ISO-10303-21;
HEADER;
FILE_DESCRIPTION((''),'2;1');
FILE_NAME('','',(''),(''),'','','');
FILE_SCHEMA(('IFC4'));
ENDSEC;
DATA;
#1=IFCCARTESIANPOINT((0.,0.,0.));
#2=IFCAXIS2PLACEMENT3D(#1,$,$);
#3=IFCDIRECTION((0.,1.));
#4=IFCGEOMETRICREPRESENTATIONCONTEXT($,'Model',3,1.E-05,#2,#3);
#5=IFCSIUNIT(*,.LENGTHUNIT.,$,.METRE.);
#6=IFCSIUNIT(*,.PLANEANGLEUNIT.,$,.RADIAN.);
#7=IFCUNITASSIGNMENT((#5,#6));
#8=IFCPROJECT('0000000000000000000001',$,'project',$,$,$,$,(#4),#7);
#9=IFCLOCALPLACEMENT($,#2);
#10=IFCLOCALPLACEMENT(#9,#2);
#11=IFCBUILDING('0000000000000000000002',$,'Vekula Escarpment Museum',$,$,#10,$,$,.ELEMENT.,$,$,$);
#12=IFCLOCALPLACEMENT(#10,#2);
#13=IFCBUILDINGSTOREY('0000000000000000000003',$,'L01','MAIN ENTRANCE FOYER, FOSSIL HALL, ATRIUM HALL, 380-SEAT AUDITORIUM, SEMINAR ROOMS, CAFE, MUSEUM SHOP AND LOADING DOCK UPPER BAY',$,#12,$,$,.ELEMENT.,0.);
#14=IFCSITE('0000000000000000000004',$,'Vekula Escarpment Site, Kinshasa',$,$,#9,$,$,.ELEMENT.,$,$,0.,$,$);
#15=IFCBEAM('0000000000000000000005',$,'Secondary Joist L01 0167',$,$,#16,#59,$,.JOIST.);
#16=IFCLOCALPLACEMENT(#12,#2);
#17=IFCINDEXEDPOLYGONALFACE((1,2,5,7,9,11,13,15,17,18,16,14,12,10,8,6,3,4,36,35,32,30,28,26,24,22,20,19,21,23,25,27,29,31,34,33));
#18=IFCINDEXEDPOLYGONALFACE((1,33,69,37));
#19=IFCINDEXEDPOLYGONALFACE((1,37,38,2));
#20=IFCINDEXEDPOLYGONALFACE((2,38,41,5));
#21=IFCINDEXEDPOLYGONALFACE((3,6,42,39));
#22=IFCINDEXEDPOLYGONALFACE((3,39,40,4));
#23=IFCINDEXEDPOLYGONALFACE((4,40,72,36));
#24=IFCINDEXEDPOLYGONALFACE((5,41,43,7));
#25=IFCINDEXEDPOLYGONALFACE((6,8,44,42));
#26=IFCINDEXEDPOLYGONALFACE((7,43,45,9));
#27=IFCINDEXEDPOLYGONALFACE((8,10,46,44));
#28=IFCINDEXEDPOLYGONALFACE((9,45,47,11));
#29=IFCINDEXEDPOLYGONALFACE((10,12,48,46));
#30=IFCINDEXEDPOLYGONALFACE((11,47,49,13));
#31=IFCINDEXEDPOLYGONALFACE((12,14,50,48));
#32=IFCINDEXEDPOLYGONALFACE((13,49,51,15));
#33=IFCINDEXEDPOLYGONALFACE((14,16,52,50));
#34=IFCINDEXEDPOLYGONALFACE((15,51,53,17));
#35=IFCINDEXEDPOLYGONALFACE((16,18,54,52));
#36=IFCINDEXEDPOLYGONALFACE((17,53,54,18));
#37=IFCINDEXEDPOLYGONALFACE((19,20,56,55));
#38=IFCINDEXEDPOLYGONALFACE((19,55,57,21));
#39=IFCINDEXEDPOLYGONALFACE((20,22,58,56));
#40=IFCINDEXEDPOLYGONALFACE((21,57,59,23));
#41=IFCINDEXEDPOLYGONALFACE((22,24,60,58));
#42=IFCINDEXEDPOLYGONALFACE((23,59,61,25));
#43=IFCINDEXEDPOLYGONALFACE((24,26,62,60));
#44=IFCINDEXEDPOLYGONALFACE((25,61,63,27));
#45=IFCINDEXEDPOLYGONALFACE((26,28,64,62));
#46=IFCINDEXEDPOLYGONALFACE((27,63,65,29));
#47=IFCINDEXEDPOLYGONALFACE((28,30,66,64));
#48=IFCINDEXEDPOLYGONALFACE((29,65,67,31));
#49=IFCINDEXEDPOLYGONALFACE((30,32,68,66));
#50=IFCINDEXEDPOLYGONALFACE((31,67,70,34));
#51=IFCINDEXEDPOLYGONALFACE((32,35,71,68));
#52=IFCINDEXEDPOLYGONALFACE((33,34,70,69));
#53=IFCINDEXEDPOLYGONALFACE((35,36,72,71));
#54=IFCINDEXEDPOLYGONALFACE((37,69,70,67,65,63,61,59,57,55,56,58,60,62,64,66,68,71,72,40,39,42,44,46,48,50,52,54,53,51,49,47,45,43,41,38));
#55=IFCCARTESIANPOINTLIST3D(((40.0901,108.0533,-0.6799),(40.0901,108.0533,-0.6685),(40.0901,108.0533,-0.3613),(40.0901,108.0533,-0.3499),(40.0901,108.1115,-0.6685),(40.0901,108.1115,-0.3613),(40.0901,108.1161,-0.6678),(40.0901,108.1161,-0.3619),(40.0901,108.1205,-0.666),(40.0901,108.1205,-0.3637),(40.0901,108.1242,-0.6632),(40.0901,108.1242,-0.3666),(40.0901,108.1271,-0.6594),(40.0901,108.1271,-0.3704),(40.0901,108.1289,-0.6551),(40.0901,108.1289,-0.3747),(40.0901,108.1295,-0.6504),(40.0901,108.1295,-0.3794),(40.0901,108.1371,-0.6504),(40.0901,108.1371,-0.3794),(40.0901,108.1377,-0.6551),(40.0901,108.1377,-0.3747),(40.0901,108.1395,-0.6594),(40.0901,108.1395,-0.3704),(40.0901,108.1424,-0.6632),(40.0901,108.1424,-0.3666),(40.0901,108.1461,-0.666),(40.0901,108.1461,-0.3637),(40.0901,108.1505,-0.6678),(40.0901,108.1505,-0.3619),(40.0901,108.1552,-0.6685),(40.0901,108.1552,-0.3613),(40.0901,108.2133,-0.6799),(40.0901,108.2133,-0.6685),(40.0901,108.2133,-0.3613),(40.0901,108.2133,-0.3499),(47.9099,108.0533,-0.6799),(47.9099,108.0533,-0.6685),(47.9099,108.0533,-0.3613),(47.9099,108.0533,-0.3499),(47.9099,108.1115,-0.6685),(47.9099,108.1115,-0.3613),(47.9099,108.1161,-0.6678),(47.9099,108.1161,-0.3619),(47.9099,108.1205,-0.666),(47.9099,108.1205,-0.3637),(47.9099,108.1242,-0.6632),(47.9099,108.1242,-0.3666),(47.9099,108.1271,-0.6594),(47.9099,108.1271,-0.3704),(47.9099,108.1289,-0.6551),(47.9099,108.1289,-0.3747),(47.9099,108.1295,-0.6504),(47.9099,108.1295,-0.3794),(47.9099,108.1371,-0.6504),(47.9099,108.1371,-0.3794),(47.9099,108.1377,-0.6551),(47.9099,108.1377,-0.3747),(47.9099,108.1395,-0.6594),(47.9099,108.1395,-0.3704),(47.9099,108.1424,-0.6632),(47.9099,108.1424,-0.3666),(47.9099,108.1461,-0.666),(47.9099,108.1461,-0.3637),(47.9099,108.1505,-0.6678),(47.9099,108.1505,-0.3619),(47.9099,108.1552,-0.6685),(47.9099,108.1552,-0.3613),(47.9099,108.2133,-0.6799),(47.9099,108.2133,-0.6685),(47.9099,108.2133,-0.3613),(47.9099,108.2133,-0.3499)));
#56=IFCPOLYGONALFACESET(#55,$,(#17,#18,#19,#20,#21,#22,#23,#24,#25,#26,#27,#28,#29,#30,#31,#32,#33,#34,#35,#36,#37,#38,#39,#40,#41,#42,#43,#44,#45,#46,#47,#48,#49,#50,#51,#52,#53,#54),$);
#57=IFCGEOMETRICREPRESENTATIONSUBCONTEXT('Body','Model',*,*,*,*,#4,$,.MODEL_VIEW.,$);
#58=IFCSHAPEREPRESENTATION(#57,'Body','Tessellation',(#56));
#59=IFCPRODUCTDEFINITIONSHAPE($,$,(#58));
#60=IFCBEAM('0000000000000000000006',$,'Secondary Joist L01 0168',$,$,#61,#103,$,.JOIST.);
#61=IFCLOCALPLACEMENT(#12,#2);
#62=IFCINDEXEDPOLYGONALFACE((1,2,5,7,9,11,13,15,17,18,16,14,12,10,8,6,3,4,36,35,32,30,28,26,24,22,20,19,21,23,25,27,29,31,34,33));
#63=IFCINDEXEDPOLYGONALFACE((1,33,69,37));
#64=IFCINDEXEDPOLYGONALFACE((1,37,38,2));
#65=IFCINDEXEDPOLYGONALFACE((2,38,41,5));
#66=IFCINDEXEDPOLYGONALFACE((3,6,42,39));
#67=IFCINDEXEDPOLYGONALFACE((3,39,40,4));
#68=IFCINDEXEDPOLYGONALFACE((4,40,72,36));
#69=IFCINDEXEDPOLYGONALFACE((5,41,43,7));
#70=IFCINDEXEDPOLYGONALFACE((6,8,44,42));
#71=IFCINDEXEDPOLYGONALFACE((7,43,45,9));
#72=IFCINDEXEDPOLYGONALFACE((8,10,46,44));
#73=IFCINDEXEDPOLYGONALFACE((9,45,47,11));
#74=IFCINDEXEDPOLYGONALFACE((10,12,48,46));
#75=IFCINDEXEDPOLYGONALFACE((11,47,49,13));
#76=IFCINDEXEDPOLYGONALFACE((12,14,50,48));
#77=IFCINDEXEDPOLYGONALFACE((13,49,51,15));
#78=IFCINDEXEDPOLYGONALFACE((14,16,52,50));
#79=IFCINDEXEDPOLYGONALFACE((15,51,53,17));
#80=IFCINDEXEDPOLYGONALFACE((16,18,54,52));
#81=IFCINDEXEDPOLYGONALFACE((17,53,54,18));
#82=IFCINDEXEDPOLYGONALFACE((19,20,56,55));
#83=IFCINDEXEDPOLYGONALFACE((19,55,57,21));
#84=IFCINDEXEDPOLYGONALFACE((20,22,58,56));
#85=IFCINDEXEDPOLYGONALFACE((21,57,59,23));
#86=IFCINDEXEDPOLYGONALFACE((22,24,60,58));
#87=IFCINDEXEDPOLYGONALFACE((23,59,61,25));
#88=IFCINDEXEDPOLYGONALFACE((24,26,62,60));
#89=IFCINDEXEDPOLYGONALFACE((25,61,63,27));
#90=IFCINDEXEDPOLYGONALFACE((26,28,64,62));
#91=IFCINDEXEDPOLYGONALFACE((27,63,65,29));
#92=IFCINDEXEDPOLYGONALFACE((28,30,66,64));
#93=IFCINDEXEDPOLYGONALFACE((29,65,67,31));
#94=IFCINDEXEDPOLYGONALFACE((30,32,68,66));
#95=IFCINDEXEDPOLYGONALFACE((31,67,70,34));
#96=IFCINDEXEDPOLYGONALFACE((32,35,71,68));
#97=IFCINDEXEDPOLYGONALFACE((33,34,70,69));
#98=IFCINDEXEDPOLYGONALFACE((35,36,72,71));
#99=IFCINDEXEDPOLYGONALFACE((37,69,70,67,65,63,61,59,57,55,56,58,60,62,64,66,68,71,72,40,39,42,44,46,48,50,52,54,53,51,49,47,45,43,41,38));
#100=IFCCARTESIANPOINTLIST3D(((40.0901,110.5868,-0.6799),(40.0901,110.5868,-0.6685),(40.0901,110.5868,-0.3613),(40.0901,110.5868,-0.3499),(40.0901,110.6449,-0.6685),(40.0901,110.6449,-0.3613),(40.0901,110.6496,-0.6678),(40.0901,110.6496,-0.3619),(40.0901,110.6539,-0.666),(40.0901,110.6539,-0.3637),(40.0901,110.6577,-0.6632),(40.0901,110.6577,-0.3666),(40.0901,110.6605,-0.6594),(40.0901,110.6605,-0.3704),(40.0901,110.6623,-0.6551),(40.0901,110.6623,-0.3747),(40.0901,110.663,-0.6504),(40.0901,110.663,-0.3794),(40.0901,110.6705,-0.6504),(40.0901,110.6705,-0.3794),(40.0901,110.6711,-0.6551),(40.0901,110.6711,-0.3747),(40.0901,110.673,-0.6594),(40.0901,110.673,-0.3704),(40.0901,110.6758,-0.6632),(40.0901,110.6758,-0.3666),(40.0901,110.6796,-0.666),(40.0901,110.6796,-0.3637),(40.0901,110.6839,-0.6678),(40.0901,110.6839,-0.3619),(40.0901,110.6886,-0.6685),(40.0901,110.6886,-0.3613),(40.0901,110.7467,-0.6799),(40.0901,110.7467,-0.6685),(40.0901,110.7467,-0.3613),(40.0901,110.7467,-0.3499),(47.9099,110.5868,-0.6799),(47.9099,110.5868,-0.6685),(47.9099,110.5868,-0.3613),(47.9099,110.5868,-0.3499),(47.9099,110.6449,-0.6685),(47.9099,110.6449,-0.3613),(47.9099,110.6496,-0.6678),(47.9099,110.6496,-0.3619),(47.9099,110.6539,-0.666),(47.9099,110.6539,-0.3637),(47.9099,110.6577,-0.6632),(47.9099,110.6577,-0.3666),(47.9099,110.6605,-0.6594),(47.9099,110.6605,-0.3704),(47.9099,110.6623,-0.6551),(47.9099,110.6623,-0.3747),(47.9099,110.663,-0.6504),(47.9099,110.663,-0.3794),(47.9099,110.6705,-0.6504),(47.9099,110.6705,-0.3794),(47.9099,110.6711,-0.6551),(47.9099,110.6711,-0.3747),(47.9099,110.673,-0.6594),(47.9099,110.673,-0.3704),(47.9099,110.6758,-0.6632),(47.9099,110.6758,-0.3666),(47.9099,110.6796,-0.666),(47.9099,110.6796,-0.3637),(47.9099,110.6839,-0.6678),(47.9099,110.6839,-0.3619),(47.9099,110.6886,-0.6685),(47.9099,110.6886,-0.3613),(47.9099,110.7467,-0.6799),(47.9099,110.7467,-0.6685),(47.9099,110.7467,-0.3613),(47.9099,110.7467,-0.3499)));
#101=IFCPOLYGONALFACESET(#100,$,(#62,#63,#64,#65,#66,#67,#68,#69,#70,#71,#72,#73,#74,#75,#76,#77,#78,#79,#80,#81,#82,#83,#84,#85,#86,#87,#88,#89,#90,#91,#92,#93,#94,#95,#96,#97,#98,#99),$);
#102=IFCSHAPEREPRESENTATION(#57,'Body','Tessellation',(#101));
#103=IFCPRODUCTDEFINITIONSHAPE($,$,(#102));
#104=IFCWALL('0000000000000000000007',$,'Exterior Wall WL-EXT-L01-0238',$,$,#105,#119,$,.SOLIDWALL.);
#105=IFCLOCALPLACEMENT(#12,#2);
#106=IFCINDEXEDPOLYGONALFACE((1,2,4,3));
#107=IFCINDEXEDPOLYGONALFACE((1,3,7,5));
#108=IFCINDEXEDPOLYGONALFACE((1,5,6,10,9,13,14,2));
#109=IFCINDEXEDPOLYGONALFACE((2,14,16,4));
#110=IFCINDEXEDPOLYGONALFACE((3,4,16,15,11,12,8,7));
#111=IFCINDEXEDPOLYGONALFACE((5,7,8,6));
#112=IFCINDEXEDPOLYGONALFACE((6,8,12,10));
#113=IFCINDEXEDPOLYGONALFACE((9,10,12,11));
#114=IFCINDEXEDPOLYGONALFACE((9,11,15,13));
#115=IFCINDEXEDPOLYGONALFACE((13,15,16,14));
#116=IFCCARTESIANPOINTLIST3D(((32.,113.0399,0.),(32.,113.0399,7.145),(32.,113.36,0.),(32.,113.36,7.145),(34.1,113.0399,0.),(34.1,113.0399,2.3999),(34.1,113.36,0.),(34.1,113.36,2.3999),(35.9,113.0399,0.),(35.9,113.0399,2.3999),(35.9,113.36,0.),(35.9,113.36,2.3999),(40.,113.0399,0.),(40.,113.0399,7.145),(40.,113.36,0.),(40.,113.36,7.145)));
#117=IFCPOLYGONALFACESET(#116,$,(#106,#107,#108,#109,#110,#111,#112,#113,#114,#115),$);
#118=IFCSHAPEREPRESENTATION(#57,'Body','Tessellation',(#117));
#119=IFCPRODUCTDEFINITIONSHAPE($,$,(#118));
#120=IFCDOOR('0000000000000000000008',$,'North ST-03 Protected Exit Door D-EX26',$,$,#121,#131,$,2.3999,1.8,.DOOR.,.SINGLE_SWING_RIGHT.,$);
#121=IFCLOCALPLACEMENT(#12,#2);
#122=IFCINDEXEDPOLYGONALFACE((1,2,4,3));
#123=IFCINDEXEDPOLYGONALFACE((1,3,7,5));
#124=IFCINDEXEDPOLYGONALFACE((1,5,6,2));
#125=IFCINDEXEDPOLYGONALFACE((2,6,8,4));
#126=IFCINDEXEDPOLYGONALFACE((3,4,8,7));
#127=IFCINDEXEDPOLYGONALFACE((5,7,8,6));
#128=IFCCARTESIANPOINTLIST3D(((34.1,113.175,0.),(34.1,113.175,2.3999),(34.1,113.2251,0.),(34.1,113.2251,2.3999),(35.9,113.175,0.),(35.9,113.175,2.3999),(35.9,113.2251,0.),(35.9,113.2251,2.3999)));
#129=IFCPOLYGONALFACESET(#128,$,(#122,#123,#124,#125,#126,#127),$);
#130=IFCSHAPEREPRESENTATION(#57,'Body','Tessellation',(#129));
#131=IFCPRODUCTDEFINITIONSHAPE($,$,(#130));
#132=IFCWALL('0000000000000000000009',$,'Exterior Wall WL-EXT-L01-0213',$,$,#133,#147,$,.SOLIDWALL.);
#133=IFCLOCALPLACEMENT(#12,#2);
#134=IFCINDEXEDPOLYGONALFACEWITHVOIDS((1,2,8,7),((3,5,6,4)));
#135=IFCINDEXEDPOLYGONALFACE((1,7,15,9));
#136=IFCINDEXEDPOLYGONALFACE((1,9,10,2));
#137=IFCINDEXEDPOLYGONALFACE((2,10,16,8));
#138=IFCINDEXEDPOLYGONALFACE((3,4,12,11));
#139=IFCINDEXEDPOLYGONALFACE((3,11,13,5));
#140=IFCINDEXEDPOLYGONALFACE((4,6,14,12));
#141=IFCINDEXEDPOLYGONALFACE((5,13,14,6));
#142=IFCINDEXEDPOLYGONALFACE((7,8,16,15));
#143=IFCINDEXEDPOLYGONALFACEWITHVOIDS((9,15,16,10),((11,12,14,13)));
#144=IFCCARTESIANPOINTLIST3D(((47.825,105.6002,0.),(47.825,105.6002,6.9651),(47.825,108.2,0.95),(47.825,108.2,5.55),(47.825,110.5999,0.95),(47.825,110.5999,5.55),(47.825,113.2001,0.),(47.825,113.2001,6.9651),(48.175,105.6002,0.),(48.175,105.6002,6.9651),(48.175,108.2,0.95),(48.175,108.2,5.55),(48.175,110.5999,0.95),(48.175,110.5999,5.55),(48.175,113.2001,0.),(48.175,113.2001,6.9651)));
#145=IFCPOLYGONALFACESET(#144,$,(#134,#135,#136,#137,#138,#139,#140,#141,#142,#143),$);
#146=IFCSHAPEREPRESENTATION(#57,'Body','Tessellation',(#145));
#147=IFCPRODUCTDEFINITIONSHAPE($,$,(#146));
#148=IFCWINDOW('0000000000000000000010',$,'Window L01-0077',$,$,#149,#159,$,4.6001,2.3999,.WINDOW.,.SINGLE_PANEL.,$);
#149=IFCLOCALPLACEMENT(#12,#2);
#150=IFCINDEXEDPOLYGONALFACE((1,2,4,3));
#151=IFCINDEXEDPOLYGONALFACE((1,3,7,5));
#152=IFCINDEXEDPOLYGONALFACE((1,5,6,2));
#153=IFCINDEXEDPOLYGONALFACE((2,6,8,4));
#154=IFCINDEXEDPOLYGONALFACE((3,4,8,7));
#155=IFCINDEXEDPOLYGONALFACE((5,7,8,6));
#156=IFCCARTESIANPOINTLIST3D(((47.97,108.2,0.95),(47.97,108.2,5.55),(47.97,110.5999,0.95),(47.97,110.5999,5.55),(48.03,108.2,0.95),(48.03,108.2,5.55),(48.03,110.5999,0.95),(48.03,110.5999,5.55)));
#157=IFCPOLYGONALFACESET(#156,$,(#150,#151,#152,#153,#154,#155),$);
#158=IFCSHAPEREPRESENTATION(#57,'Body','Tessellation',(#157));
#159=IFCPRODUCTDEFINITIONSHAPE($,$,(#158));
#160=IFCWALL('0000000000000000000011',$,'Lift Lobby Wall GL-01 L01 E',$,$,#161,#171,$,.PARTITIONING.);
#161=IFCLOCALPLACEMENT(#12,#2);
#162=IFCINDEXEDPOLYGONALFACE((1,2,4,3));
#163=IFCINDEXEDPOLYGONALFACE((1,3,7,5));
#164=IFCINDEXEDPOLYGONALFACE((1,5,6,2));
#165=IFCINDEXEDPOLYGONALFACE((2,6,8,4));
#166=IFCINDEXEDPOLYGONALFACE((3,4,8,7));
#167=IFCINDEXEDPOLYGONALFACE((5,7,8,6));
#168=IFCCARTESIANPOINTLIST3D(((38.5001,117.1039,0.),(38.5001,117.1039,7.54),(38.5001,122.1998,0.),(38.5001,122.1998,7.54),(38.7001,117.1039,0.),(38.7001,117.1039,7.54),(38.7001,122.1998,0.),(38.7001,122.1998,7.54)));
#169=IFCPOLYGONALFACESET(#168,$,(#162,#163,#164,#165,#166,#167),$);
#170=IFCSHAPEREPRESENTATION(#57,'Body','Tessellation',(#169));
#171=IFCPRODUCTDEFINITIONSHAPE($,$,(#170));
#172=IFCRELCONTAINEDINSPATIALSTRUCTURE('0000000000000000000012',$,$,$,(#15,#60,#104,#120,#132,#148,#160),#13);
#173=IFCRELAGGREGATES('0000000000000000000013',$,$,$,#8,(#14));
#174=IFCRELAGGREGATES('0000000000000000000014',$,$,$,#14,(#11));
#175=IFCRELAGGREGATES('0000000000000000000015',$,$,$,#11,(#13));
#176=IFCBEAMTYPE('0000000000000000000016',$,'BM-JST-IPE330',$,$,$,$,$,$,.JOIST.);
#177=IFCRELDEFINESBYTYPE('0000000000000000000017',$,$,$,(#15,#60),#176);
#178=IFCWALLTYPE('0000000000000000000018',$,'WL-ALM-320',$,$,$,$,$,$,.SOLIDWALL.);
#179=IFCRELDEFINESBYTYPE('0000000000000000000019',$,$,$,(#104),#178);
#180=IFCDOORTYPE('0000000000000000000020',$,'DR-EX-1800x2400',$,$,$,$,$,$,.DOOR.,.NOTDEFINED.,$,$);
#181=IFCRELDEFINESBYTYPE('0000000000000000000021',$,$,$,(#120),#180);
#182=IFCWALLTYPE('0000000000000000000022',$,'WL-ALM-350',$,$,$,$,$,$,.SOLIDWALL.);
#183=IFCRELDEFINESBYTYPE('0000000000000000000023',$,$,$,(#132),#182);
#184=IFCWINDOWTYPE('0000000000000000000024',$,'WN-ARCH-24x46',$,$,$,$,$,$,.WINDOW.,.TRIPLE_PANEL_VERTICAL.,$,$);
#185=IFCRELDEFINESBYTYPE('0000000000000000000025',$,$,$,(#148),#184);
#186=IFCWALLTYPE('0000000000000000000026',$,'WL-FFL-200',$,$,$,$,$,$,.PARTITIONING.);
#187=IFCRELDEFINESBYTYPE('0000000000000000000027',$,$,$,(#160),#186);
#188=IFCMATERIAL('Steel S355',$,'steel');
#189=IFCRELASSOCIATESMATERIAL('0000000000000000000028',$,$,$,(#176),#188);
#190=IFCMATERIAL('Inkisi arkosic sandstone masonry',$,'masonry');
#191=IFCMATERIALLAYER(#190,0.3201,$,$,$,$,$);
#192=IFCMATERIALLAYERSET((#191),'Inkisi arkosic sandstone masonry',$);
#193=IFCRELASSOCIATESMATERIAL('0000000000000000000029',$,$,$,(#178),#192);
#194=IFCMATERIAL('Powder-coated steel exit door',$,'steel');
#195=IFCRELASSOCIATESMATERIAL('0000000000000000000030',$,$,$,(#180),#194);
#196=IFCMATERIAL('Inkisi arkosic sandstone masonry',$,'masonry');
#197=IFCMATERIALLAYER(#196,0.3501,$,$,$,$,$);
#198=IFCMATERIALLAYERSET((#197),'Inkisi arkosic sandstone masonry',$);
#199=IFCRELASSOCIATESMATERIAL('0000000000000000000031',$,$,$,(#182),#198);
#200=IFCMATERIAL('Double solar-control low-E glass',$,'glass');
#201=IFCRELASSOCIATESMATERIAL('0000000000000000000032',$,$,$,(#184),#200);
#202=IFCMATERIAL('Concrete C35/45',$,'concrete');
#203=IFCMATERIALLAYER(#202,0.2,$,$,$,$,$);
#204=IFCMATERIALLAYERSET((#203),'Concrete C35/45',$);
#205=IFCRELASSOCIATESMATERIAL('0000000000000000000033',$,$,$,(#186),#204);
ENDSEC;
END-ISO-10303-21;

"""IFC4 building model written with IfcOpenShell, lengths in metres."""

from ifc_helpers import new_model, si_unit, direction, frame, frame_2d, origin, origin_2d, place, context, subcontext, project, spatial, rectangle, i_section, extrude, material, layer, layer_set, material_profile, profile_set, type_object, element, fill, save


model = new_model("IFC4")

# Units and contexts
model_context = context("Model", 3, precision=1e-05, world=origin(), true_north=direction((0.0, 1.0)))
body_context = subcontext(model_context, "Body", "Model", "MODEL_VIEW")
ifc_project = project(units=[si_unit("LENGTHUNIT", "METRE"), si_unit("PLANEANGLEUNIT", "RADIAN")], contexts=[model_context])

# Site, building, storey
site_placement = place(None, origin())
site = spatial("IfcSite", under=ifc_project, at=site_placement, Name="Vekula Escarpment Site, Kinshasa", CompositionType="ELEMENT", RefElevation=0.0)
building_placement = place(site_placement, origin())
building = spatial("IfcBuilding", under=site, at=building_placement, Name="Vekula Escarpment Museum", CompositionType="ELEMENT")
storey_placement = place(building_placement, origin())
storey = spatial("IfcBuildingStorey", under=building, at=storey_placement, Name="L01", Description="MAIN ENTRANCE FOYER, FOSSIL HALL, ATRIUM HALL, 380-SEAT AUDITORIUM, SEMINAR ROOMS, CAFE, MUSEUM SHOP AND LOADING DOCK UPPER BAY", CompositionType="ELEMENT", Elevation=0.0)

# Beams
ifc_material_1 = material(Name="Steel S355", Category="steel")
ifc_material_profile_1 = material_profile(ifc_material_1, i_section(OverallWidth=0.1599, OverallDepth=0.3301, WebThickness=0.0076, FlangeThickness=0.0115, FilletRadius=0.0181, at=origin_2d()), Name="IPE 330")
ifc_profile_set_1 = profile_set([ifc_material_profile_1], Name="Steel S355")
beam_type_1 = type_object("IfcBeamType", Name="BM-JST-IPE330", PredefinedType="JOIST", material=ifc_profile_set_1)
for number, where, z_axis, x_axis, name in (
    (1, (40.0901, 108.1333, -0.5149), (1.0, 0.0, 0.0), (0.0, 1.0, 0.0), "Secondary Joist L01 0167"),
    (2, (40.0901, 110.6667, -0.5149), (1.0, 0.0, 0.0), (0.0, 1.0, 0.0), "Secondary Joist L01 0168"),
):
    element("IfcBeam", number, at=place(storey_placement, frame(where, z_axis=z_axis, x_axis=x_axis)), inside=storey, type_object=beam_type_1, Name=name, PredefinedType="JOIST", context=body_context, shape_type="SweptSolid", body=[
        extrude(i_section(OverallWidth=0.1599, OverallDepth=0.3301, WebThickness=0.0076, FlangeThickness=0.0115, FilletRadius=0.0181, at=origin_2d()), origin(), (0.0, 0.0, 1.0), 7.8198),
    ])

# Wall, opening, door
ifc_material_2 = material(Name="Inkisi arkosic sandstone masonry", Category="masonry")
ifc_layer_1 = layer(ifc_material_2, 0.3201)
ifc_layer_set_1 = layer_set([ifc_layer_1], Name="Inkisi arkosic sandstone masonry")
wall_type_1 = type_object("IfcWallType", Name="WL-ALM-320", PredefinedType="SOLIDWALL", material=ifc_layer_set_1)
wall_1_placement = place(storey_placement, frame((40.0, 113.2, 0.0), z_axis=(0.0, 0.0, 1.0), x_axis=(-1.0, 0.0, 0.0)))
wall_1 = element("IfcWall", 3, at=wall_1_placement, inside=storey, type_object=wall_type_1, Name="Exterior Wall WL-EXT-L01-0238", PredefinedType="SOLIDWALL", context=body_context, shape_type="SweptSolid", body=[
    extrude(rectangle(XDim=8.0, YDim=0.3201, at=frame_2d((4.0, 0.0))), origin(), (0.0, 0.0, 1.0), 7.145),
])
opening_1_placement = place(wall_1_placement, frame((4.1001, 0.0, 0.0)))
opening_1 = element("IfcOpeningElement", 4, at=opening_1_placement, cuts=wall_1, PredefinedType="OPENING", context=body_context, shape_type="SweptSolid", body=[
    extrude(rectangle(XDim=1.8, YDim=2.3999, at=frame_2d((0.8999, 1.2))), frame((0.0, 0.1699, 0.0), z_axis=(0.0, -1.0, 0.0), x_axis=(1.0, 0.0, 0.0)), (0.0, 0.0, 1.0), 0.3401),
])
ifc_material_3 = material(Name="Powder-coated steel exit door", Category="steel")
door_type_1 = type_object("IfcDoorType", Name="DR-EX-1800x2400", OperationType="NOTDEFINED", PredefinedType="DOOR", material=ifc_material_3)
door_1_placement = place(opening_1_placement, origin())
door_1 = element("IfcDoor", 5, at=door_1_placement, inside=storey, type_object=door_type_1, Name="North ST-03 Protected Exit Door D-EX26", OperationType="SINGLE_SWING_RIGHT", OverallHeight=2.3999, OverallWidth=1.8, PredefinedType="DOOR", context=body_context, shape_type="SweptSolid", body=[
    extrude(rectangle(XDim=1.8, YDim=2.3999, at=frame_2d((0.8999, 1.2))), frame((0.0, 0.0249, 0.0), z_axis=(0.0, -1.0, 0.0), x_axis=(1.0, 0.0, 0.0)), (0.0, 0.0, 1.0), 0.05),
])
fill(opening_1, door_1)

# Wall, opening, window
ifc_material_4 = material(Name="Inkisi arkosic sandstone masonry", Category="masonry")
ifc_layer_2 = layer(ifc_material_4, 0.3501)
ifc_layer_set_2 = layer_set([ifc_layer_2], Name="Inkisi arkosic sandstone masonry")
wall_type_2 = type_object("IfcWallType", Name="WL-ALM-350", PredefinedType="SOLIDWALL", material=ifc_layer_set_2)
wall_2_placement = place(storey_placement, frame((48.0, 113.2, 0.0), z_axis=(0.0, 0.0, 1.0), x_axis=(0.0, -1.0, 0.0)))
wall_2 = element("IfcWall", 6, at=wall_2_placement, inside=storey, type_object=wall_type_2, Name="Exterior Wall WL-EXT-L01-0213", PredefinedType="SOLIDWALL", context=body_context, shape_type="SweptSolid", body=[
    extrude(rectangle(XDim=7.5999, YDim=0.3501, at=frame_2d((3.7998, 0.0))), origin(), (0.0, 0.0, 1.0), 6.9651),
])
opening_2_placement = place(wall_2_placement, frame((2.6001, 0.0, 0.95)))
opening_2 = element("IfcOpeningElement", 7, at=opening_2_placement, cuts=wall_2, PredefinedType="OPENING", context=body_context, shape_type="SweptSolid", body=[
    extrude(rectangle(XDim=2.3999, YDim=4.6001, at=frame_2d((1.2, 2.3))), frame((0.0, 0.1851, 0.0), z_axis=(0.0, -1.0, 0.0), x_axis=(1.0, 0.0, 0.0)), (0.0, 0.0, 1.0), 0.3701),
])
ifc_material_5 = material(Name="Double solar-control low-E glass", Category="glass")
window_type = type_object("IfcWindowType", Name="WN-ARCH-24x46", PartitioningType="TRIPLE_PANEL_VERTICAL", PredefinedType="WINDOW", material=ifc_material_5)
window_placement = place(opening_2_placement, origin())
window = element("IfcWindow", 8, at=window_placement, inside=storey, type_object=window_type, Name="Window L01-0077", OverallHeight=4.6001, OverallWidth=2.3999, PartitioningType="SINGLE_PANEL", PredefinedType="WINDOW", context=body_context, shape_type="SweptSolid", body=[
    extrude(rectangle(XDim=2.3999, YDim=4.6001, at=frame_2d((1.2, 2.3))), frame((0.0, 0.03, 0.0), z_axis=(0.0, -1.0, 0.0), x_axis=(1.0, 0.0, 0.0)), (0.0, 0.0, 1.0), 0.0601),
])
fill(opening_2, window)

# Wall
ifc_material_6 = material(Name="Concrete C35/45", Category="concrete")
ifc_layer_3 = layer(ifc_material_6, 0.2)
ifc_layer_set_3 = layer_set([ifc_layer_3], Name="Concrete C35/45")
wall_type_3 = type_object("IfcWallType", Name="WL-FFL-200", PredefinedType="PARTITIONING", material=ifc_layer_set_3)
wall_3_placement = place(storey_placement, frame((38.6001, 117.104, 0.0), z_axis=(0.0, 0.0, 1.0), x_axis=(0.0, 1.0, 0.0)))
element("IfcWall", 9, at=wall_3_placement, inside=storey, type_object=wall_type_3, Name="Lift Lobby Wall GL-01 L01 E", PredefinedType="PARTITIONING", context=body_context, shape_type="SweptSolid", body=[
    extrude(rectangle(XDim=5.0959, YDim=0.2, at=frame_2d((2.5479, 0.0))), origin(), (0.0, 0.0, 1.0), 7.54),
])

save(model, "model.ifc")
